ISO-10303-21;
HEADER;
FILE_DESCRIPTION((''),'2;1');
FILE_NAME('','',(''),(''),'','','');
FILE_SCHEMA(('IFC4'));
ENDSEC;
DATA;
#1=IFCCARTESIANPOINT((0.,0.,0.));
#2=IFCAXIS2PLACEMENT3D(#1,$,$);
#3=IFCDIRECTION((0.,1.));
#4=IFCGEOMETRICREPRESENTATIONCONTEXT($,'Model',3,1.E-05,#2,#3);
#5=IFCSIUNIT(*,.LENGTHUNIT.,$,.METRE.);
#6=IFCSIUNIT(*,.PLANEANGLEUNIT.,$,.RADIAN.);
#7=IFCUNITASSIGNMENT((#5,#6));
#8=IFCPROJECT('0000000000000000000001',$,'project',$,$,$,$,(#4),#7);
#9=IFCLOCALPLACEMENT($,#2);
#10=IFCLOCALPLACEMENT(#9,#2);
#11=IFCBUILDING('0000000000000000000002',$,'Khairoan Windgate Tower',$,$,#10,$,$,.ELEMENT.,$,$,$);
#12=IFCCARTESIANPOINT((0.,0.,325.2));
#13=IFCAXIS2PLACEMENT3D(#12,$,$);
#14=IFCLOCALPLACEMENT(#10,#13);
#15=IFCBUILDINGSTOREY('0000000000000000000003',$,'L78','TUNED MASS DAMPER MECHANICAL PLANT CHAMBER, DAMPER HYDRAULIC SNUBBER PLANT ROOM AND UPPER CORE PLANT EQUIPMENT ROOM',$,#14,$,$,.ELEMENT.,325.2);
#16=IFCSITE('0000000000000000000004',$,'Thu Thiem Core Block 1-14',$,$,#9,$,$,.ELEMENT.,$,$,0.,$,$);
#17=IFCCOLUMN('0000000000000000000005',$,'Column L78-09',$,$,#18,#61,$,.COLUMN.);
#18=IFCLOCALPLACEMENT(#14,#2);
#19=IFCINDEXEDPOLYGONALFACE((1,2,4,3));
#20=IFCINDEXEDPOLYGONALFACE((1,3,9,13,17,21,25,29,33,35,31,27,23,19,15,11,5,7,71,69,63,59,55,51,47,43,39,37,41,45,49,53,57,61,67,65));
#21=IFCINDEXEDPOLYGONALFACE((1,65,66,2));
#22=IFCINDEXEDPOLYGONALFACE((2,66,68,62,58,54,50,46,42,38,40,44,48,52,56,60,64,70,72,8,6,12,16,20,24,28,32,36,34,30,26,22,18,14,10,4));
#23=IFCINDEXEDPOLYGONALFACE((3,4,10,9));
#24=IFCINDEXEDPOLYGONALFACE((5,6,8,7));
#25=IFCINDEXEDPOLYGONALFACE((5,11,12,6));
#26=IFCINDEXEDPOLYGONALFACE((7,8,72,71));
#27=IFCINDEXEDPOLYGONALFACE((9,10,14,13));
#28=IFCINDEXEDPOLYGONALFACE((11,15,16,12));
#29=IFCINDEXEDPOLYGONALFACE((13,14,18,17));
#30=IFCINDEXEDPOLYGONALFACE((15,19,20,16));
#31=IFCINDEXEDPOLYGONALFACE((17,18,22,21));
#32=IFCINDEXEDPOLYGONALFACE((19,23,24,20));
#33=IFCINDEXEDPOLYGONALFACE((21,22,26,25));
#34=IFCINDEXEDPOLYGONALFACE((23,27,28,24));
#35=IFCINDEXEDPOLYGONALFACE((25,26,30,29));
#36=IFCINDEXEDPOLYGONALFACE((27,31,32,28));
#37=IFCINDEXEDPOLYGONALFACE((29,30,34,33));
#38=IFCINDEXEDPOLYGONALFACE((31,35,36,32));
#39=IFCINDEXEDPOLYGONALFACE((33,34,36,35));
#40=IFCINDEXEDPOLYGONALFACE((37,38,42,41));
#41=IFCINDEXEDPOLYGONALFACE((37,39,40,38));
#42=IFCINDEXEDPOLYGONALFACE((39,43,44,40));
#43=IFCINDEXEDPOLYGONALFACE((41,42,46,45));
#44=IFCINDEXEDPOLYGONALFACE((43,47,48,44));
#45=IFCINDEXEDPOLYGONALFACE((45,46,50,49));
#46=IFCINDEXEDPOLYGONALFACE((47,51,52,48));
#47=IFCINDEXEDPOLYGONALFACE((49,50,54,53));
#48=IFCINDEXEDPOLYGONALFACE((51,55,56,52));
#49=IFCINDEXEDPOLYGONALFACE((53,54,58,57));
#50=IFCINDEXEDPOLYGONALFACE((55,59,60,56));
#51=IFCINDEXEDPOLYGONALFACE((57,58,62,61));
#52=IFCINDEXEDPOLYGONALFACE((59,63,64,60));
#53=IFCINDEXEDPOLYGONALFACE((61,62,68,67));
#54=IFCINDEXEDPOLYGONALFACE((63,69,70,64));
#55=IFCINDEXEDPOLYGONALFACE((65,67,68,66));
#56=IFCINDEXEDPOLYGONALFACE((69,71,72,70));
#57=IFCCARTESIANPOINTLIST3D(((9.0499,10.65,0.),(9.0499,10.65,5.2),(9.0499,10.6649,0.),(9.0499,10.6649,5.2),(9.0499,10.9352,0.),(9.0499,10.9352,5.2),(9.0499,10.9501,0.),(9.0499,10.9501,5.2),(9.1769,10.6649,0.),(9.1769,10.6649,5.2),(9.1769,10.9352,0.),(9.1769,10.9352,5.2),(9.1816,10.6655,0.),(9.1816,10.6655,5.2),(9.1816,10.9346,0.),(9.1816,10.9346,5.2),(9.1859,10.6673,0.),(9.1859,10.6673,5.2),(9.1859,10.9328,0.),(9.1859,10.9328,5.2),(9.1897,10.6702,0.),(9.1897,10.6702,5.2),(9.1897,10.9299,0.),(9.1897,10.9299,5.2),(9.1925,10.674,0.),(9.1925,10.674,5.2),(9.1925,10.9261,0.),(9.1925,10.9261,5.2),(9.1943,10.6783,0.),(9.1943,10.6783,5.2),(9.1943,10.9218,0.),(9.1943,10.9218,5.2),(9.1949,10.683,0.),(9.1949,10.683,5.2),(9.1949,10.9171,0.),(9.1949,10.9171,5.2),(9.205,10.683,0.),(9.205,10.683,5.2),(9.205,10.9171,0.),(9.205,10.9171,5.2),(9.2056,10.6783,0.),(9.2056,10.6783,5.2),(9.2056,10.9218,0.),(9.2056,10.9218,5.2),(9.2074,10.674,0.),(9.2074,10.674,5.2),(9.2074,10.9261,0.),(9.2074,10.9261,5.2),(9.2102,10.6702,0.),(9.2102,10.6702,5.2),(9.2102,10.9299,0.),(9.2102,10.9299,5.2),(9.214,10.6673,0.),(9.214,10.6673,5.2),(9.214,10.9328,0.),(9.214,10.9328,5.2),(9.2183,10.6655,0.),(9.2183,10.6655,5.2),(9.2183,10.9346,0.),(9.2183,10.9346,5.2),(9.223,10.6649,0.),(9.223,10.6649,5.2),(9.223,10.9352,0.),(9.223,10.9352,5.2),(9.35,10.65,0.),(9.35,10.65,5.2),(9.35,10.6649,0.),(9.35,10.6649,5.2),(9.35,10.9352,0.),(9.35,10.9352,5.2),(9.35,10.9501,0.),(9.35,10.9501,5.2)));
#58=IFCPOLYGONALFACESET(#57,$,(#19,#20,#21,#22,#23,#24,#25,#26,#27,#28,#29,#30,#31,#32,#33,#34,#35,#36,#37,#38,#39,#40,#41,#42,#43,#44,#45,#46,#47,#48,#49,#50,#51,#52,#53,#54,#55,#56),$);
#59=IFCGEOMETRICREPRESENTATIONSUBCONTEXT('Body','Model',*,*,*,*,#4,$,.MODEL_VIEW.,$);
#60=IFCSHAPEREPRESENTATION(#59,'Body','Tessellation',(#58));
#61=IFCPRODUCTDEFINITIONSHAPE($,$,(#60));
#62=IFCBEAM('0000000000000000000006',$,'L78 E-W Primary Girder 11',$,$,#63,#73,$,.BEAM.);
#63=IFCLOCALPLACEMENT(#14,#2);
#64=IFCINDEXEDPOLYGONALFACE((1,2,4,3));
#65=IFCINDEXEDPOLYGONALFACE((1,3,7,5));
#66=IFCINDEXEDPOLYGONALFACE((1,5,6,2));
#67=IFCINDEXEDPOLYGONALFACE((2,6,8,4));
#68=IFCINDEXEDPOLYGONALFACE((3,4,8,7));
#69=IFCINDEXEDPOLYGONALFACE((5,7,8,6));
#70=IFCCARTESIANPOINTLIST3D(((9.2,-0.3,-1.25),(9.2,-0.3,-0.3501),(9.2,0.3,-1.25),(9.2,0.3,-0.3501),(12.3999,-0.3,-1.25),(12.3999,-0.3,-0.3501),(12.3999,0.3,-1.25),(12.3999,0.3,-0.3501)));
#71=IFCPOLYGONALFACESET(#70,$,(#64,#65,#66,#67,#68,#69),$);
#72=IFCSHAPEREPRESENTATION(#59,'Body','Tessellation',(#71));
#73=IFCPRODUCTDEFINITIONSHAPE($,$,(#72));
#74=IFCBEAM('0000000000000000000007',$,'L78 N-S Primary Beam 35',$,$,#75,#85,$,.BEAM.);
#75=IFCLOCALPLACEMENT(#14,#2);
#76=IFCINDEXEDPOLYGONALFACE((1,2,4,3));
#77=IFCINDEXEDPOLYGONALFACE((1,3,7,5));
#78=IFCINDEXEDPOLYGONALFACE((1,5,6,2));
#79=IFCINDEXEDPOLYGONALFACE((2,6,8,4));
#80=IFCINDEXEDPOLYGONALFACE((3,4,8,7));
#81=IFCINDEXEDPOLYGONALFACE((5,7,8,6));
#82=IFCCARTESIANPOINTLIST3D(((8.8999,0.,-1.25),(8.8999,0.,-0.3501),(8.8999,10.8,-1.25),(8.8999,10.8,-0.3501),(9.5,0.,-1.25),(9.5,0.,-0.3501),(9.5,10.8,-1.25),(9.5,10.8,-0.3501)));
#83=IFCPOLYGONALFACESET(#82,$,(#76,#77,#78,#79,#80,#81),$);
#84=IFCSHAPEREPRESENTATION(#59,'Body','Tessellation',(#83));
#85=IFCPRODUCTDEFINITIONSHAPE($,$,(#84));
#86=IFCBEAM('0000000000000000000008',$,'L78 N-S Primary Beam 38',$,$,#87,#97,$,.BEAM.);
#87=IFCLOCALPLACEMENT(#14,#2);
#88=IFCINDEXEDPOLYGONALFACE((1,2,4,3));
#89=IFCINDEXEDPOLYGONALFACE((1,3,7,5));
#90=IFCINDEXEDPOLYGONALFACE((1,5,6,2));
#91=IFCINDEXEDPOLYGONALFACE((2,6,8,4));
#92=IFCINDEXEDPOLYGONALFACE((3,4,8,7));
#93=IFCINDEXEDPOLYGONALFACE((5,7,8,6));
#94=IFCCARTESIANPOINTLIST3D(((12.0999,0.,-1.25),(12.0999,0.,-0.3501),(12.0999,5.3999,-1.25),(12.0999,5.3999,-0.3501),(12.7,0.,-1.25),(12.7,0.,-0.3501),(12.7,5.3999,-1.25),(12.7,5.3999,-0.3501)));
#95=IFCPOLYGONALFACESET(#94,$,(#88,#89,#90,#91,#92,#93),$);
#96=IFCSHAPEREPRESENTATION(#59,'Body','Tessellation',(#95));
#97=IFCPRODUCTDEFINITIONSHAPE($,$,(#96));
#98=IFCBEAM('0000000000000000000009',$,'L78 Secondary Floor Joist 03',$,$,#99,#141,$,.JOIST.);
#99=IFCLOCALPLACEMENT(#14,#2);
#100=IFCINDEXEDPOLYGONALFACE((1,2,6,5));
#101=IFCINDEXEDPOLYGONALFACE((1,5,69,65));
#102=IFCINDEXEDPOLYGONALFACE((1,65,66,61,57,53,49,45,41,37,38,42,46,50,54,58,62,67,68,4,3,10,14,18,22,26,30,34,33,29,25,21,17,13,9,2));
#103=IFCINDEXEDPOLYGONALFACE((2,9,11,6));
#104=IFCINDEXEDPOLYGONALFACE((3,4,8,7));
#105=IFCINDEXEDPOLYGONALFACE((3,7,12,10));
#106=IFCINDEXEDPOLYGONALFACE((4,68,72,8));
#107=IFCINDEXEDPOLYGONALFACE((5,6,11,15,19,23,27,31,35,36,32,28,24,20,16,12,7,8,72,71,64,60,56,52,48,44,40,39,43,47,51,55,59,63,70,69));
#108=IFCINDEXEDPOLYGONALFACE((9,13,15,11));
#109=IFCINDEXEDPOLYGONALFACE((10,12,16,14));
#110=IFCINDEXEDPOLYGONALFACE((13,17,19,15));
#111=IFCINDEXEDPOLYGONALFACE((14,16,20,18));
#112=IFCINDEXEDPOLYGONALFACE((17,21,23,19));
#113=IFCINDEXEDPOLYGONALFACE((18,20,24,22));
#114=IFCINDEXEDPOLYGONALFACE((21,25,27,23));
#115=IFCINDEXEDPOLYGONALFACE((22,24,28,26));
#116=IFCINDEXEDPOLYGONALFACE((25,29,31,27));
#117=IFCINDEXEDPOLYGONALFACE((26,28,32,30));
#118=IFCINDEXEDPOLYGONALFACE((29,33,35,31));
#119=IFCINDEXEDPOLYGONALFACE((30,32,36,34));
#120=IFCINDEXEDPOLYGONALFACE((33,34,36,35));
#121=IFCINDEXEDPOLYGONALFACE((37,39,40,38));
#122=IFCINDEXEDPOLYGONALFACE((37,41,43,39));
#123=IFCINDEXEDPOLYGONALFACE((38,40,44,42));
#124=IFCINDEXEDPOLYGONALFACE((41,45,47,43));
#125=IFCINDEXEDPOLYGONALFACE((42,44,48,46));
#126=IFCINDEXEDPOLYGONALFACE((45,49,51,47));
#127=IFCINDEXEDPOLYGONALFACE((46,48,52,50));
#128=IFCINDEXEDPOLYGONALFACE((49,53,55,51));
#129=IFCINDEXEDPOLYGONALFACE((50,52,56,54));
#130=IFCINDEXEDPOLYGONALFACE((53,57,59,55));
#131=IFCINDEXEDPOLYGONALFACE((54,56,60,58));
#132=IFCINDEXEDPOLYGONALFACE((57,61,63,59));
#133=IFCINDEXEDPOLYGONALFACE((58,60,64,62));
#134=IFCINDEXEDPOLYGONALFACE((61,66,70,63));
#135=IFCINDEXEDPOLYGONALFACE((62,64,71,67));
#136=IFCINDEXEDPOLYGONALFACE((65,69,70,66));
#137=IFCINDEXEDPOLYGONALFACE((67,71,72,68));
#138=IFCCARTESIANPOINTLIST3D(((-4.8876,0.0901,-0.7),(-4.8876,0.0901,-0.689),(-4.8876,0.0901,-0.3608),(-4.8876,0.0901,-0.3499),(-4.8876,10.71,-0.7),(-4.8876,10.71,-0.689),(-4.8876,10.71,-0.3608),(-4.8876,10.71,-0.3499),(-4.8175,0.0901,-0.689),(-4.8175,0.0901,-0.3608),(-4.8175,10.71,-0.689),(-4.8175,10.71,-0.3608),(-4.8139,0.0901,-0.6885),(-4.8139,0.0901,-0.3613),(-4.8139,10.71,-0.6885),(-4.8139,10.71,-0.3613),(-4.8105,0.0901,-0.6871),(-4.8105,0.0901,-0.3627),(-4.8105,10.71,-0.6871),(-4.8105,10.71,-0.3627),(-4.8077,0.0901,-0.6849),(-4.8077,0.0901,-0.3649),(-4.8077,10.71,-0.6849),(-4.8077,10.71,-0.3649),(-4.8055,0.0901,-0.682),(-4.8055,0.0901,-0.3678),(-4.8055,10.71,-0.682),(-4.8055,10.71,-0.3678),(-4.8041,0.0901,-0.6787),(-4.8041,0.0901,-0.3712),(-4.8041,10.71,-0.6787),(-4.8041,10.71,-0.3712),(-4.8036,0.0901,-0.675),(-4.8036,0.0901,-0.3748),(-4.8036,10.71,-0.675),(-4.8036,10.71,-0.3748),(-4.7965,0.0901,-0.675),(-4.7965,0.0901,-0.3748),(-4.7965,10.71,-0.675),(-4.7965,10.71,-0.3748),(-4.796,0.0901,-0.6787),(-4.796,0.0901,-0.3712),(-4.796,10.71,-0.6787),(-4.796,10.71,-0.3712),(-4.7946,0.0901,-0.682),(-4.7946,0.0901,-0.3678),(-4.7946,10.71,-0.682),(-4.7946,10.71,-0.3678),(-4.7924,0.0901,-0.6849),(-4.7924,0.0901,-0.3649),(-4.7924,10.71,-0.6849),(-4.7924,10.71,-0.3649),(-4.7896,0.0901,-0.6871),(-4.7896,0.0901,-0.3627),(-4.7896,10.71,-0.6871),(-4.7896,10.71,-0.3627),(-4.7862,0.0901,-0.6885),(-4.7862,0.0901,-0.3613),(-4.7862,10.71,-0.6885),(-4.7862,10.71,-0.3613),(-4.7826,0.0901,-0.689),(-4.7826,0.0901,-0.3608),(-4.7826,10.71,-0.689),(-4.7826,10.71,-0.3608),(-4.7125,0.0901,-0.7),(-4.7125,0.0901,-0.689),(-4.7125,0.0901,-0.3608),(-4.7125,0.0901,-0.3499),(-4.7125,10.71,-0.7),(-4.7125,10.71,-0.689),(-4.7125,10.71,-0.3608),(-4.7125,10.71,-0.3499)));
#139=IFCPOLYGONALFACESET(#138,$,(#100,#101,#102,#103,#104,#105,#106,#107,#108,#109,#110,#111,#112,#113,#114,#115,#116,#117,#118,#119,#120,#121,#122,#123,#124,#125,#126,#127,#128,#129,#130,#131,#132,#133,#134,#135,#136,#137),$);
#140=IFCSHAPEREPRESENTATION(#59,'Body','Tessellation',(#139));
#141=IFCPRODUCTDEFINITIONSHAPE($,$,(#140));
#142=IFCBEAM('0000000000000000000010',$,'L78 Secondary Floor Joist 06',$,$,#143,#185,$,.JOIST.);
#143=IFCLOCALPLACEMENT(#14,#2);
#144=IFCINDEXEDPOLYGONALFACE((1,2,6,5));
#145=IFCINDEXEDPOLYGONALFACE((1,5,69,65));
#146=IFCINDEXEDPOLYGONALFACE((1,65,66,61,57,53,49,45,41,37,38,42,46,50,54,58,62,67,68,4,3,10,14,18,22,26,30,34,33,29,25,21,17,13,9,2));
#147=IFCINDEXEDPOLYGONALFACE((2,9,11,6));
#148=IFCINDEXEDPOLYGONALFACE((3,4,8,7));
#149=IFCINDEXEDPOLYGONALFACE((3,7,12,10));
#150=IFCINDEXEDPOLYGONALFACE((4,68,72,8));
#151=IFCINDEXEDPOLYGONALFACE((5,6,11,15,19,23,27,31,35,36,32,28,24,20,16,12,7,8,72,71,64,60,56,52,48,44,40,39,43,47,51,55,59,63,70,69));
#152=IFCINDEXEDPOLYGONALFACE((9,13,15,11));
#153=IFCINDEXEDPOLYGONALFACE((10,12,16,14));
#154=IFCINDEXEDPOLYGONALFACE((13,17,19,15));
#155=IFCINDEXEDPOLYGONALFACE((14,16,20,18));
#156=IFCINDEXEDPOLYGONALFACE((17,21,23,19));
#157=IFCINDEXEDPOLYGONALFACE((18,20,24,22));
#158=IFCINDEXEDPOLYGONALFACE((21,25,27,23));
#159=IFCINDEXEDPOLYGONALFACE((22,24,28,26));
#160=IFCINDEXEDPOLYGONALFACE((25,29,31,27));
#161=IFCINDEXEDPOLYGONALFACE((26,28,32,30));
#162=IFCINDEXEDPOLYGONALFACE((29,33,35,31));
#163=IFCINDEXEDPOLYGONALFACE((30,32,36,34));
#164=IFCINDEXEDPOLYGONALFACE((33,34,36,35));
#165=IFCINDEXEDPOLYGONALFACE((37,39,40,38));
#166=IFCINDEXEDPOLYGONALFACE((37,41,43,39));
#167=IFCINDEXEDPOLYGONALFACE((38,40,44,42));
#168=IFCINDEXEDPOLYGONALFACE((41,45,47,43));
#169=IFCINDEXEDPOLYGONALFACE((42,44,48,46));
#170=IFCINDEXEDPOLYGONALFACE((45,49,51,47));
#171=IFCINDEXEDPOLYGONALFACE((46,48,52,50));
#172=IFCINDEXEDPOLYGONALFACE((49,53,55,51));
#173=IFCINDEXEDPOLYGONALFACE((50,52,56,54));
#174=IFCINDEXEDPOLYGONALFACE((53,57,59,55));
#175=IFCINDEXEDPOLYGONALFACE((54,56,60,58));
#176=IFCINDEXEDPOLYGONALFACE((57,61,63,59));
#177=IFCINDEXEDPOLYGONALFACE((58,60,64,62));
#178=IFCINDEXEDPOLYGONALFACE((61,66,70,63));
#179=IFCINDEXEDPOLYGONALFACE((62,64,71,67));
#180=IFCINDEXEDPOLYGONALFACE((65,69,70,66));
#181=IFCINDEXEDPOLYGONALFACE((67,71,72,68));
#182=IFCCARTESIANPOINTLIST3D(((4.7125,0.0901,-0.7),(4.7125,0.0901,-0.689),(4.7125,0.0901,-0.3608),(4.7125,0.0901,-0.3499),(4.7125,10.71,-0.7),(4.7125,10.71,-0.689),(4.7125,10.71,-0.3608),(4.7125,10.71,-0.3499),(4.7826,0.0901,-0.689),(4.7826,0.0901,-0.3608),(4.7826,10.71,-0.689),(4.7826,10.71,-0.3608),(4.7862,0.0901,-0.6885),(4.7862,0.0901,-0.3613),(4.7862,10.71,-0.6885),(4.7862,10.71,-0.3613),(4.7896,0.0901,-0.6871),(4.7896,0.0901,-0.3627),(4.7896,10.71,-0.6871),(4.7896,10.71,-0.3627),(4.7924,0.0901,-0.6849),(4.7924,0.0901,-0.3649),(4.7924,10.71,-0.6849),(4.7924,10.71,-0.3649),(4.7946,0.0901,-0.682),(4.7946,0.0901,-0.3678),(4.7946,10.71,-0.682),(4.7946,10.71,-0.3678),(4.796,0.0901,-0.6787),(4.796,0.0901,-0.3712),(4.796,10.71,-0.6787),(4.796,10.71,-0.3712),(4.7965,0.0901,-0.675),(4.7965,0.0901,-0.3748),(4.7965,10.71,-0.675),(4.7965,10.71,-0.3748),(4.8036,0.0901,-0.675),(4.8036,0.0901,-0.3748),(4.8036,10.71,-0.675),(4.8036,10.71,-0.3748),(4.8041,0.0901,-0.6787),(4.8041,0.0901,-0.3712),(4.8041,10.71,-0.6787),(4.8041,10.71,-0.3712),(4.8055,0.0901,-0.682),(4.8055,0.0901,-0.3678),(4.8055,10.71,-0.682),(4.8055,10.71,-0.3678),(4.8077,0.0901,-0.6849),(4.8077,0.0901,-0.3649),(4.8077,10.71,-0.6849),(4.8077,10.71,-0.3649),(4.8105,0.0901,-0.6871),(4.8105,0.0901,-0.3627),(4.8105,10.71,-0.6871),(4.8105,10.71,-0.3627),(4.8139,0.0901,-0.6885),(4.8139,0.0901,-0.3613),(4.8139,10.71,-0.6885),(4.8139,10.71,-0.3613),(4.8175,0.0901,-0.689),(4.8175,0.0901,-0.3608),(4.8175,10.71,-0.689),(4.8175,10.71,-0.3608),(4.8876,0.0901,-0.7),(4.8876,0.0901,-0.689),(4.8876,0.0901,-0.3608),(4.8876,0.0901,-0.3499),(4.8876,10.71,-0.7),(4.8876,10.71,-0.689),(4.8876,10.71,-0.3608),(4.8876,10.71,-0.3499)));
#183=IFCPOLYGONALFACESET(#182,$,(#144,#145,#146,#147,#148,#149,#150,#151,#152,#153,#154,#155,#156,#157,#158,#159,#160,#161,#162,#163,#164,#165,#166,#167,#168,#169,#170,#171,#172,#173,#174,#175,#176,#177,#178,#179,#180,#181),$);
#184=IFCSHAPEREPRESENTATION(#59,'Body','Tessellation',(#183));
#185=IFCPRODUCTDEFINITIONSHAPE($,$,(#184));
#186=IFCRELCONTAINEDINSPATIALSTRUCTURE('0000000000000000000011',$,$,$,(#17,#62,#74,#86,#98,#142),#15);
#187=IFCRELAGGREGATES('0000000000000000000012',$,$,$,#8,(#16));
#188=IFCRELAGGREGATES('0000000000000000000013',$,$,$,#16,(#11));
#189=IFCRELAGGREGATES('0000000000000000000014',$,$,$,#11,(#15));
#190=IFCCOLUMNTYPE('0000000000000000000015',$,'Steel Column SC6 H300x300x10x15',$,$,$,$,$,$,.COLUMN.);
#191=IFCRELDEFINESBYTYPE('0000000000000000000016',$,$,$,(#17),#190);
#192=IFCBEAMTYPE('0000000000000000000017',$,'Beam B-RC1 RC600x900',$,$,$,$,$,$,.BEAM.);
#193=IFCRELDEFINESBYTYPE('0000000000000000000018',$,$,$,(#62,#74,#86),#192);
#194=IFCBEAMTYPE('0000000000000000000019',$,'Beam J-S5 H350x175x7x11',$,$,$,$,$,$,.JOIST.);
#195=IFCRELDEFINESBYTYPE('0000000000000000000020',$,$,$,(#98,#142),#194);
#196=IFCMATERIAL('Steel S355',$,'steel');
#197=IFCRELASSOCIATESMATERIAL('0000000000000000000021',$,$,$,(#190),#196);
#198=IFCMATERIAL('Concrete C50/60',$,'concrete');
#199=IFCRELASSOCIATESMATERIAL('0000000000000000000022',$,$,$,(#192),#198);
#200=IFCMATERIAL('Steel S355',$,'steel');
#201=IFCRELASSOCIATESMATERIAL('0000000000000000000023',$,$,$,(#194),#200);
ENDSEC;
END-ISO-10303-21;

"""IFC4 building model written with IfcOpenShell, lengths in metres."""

from ifc_helpers import new_model, si_unit, direction, frame, origin, origin_2d, place, context, subcontext, project, spatial, rectangle, i_section, extrude, material, material_profile, profile_set, type_object, element, save


model = new_model("IFC4")

# Units and contexts
model_context = context("Model", 3, precision=1e-05, world=origin(), true_north=direction((0.0, 1.0)))
body_context = subcontext(model_context, "Body", "Model", "MODEL_VIEW")
ifc_project = project(units=[si_unit("LENGTHUNIT", "METRE"), si_unit("PLANEANGLEUNIT", "RADIAN")], contexts=[model_context])

# Site, building, storey
site_placement = place(None, origin())
site = spatial("IfcSite", under=ifc_project, at=site_placement, Name="Thu Thiem Core Block 1-14", CompositionType="ELEMENT", RefElevation=0.0)
building_placement = place(site_placement, origin())
building = spatial("IfcBuilding", under=site, at=building_placement, Name="Khairoan Windgate Tower", CompositionType="ELEMENT")
storey_placement = place(building_placement, frame((0.0, 0.0, 325.2)))
storey = spatial("IfcBuildingStorey", under=building, at=storey_placement, Name="L78", Description="TUNED MASS DAMPER MECHANICAL PLANT CHAMBER, DAMPER HYDRAULIC SNUBBER PLANT ROOM AND UPPER CORE PLANT EQUIPMENT ROOM", CompositionType="ELEMENT", Elevation=325.2)

# Column
ifc_material_1 = material(Name="Steel S355", Category="steel")
ifc_material_profile_1 = material_profile(ifc_material_1, i_section(OverallWidth=0.3, OverallDepth=0.3, WebThickness=0.01, FlangeThickness=0.0149, FilletRadius=0.0181, at=origin_2d()))
ifc_profile_set_1 = profile_set([ifc_material_profile_1], Name="Steel S355")
column_type = type_object("IfcColumnType", Name="Steel Column SC6 H300x300x10x15", PredefinedType="COLUMN", material=ifc_profile_set_1)
column_placement = place(storey_placement, frame((9.2, 10.8, 0.0), z_axis=(0.0, 0.0, 1.0), x_axis=(1.0, 0.0, 0.0)))
element("IfcColumn", 1, at=column_placement, inside=storey, type_object=column_type, Name="Column L78-09", PredefinedType="COLUMN", context=body_context, shape_type="SweptSolid", body=[
    extrude(i_section(OverallWidth=0.3, OverallDepth=0.3, WebThickness=0.01, FlangeThickness=0.0149, FilletRadius=0.0181, at=origin_2d()), origin(), (0.0, 0.0, 1.0), 5.2),
])

# Beams
ifc_material_2 = material(Name="Concrete C50/60", Category="concrete")
ifc_material_profile_2 = material_profile(ifc_material_2, rectangle(XDim=0.6001, YDim=0.8999, at=origin_2d()))
ifc_profile_set_2 = profile_set([ifc_material_profile_2], Name="Concrete C50/60")
beam_type_1 = type_object("IfcBeamType", Name="Beam B-RC1 RC600x900", PredefinedType="BEAM", material=ifc_profile_set_2)
beam_1_placement = place(storey_placement, frame((9.2, 0.0, -0.8), z_axis=(1.0, 0.0, 0.0), x_axis=(0.0, 1.0, 0.0)))
element("IfcBeam", 2, at=beam_1_placement, inside=storey, type_object=beam_type_1, Name="L78 E-W Primary Girder 11", PredefinedType="BEAM", context=body_context, shape_type="SweptSolid", body=[
    extrude(rectangle(XDim=0.6001, YDim=0.8999, at=origin_2d()), origin(), (0.0, 0.0, 1.0), 3.2),
])
beam_2_placement = place(storey_placement, frame((9.2, 0.0, -0.8), z_axis=(0.0, 1.0, 0.0), x_axis=(-1.0, 0.0, 0.0)))
element("IfcBeam", 3, at=beam_2_placement, inside=storey, type_object=beam_type_1, Name="L78 N-S Primary Beam 35", PredefinedType="BEAM", context=body_context, shape_type="SweptSolid", body=[
    extrude(rectangle(XDim=0.6001, YDim=0.8999, at=origin_2d()), origin(), (0.0, 0.0, 1.0), 10.8),
])
beam_3_placement = place(storey_placement, frame((12.3999, 0.0, -0.8), z_axis=(0.0, 1.0, 0.0), x_axis=(-1.0, 0.0, 0.0)))
element("IfcBeam", 4, at=beam_3_placement, inside=storey, type_object=beam_type_1, Name="L78 N-S Primary Beam 38", PredefinedType="BEAM", context=body_context, shape_type="SweptSolid", body=[
    extrude(rectangle(XDim=0.6001, YDim=0.8999, at=origin_2d()), origin(), (0.0, 0.0, 1.0), 5.3999),
])
ifc_material_3 = material(Name="Steel S355", Category="steel")
ifc_material_profile_3 = material_profile(ifc_material_3, i_section(OverallWidth=0.175, OverallDepth=0.3501, WebThickness=0.0071, FlangeThickness=0.011, FilletRadius=0.0139, at=origin_2d()))
ifc_profile_set_3 = profile_set([ifc_material_profile_3], Name="Steel S355")
beam_type_2 = type_object("IfcBeamType", Name="Beam J-S5 H350x175x7x11", PredefinedType="JOIST", material=ifc_profile_set_3)
for number, where, z_axis, x_axis, name in (
    (5, (-4.8, 0.0901, -0.5249), (0.0, 1.0, 0.0), (-1.0, 0.0, 0.0), "L78 Secondary Floor Joist 03"),
    (6, (4.8, 0.0901, -0.5249), (0.0, 1.0, 0.0), (-1.0, 0.0, 0.0), "L78 Secondary Floor Joist 06"),
):
    element("IfcBeam", number, at=place(storey_placement, frame(where, z_axis=z_axis, x_axis=x_axis)), inside=storey, type_object=beam_type_2, Name=name, PredefinedType="JOIST", context=body_context, shape_type="SweptSolid", body=[
        extrude(i_section(OverallWidth=0.175, OverallDepth=0.3501, WebThickness=0.0071, FlangeThickness=0.011, FilletRadius=0.0139, at=origin_2d()), origin(), (0.0, 0.0, 1.0), 10.6199),
    ])

save(model, "model.ifc")
